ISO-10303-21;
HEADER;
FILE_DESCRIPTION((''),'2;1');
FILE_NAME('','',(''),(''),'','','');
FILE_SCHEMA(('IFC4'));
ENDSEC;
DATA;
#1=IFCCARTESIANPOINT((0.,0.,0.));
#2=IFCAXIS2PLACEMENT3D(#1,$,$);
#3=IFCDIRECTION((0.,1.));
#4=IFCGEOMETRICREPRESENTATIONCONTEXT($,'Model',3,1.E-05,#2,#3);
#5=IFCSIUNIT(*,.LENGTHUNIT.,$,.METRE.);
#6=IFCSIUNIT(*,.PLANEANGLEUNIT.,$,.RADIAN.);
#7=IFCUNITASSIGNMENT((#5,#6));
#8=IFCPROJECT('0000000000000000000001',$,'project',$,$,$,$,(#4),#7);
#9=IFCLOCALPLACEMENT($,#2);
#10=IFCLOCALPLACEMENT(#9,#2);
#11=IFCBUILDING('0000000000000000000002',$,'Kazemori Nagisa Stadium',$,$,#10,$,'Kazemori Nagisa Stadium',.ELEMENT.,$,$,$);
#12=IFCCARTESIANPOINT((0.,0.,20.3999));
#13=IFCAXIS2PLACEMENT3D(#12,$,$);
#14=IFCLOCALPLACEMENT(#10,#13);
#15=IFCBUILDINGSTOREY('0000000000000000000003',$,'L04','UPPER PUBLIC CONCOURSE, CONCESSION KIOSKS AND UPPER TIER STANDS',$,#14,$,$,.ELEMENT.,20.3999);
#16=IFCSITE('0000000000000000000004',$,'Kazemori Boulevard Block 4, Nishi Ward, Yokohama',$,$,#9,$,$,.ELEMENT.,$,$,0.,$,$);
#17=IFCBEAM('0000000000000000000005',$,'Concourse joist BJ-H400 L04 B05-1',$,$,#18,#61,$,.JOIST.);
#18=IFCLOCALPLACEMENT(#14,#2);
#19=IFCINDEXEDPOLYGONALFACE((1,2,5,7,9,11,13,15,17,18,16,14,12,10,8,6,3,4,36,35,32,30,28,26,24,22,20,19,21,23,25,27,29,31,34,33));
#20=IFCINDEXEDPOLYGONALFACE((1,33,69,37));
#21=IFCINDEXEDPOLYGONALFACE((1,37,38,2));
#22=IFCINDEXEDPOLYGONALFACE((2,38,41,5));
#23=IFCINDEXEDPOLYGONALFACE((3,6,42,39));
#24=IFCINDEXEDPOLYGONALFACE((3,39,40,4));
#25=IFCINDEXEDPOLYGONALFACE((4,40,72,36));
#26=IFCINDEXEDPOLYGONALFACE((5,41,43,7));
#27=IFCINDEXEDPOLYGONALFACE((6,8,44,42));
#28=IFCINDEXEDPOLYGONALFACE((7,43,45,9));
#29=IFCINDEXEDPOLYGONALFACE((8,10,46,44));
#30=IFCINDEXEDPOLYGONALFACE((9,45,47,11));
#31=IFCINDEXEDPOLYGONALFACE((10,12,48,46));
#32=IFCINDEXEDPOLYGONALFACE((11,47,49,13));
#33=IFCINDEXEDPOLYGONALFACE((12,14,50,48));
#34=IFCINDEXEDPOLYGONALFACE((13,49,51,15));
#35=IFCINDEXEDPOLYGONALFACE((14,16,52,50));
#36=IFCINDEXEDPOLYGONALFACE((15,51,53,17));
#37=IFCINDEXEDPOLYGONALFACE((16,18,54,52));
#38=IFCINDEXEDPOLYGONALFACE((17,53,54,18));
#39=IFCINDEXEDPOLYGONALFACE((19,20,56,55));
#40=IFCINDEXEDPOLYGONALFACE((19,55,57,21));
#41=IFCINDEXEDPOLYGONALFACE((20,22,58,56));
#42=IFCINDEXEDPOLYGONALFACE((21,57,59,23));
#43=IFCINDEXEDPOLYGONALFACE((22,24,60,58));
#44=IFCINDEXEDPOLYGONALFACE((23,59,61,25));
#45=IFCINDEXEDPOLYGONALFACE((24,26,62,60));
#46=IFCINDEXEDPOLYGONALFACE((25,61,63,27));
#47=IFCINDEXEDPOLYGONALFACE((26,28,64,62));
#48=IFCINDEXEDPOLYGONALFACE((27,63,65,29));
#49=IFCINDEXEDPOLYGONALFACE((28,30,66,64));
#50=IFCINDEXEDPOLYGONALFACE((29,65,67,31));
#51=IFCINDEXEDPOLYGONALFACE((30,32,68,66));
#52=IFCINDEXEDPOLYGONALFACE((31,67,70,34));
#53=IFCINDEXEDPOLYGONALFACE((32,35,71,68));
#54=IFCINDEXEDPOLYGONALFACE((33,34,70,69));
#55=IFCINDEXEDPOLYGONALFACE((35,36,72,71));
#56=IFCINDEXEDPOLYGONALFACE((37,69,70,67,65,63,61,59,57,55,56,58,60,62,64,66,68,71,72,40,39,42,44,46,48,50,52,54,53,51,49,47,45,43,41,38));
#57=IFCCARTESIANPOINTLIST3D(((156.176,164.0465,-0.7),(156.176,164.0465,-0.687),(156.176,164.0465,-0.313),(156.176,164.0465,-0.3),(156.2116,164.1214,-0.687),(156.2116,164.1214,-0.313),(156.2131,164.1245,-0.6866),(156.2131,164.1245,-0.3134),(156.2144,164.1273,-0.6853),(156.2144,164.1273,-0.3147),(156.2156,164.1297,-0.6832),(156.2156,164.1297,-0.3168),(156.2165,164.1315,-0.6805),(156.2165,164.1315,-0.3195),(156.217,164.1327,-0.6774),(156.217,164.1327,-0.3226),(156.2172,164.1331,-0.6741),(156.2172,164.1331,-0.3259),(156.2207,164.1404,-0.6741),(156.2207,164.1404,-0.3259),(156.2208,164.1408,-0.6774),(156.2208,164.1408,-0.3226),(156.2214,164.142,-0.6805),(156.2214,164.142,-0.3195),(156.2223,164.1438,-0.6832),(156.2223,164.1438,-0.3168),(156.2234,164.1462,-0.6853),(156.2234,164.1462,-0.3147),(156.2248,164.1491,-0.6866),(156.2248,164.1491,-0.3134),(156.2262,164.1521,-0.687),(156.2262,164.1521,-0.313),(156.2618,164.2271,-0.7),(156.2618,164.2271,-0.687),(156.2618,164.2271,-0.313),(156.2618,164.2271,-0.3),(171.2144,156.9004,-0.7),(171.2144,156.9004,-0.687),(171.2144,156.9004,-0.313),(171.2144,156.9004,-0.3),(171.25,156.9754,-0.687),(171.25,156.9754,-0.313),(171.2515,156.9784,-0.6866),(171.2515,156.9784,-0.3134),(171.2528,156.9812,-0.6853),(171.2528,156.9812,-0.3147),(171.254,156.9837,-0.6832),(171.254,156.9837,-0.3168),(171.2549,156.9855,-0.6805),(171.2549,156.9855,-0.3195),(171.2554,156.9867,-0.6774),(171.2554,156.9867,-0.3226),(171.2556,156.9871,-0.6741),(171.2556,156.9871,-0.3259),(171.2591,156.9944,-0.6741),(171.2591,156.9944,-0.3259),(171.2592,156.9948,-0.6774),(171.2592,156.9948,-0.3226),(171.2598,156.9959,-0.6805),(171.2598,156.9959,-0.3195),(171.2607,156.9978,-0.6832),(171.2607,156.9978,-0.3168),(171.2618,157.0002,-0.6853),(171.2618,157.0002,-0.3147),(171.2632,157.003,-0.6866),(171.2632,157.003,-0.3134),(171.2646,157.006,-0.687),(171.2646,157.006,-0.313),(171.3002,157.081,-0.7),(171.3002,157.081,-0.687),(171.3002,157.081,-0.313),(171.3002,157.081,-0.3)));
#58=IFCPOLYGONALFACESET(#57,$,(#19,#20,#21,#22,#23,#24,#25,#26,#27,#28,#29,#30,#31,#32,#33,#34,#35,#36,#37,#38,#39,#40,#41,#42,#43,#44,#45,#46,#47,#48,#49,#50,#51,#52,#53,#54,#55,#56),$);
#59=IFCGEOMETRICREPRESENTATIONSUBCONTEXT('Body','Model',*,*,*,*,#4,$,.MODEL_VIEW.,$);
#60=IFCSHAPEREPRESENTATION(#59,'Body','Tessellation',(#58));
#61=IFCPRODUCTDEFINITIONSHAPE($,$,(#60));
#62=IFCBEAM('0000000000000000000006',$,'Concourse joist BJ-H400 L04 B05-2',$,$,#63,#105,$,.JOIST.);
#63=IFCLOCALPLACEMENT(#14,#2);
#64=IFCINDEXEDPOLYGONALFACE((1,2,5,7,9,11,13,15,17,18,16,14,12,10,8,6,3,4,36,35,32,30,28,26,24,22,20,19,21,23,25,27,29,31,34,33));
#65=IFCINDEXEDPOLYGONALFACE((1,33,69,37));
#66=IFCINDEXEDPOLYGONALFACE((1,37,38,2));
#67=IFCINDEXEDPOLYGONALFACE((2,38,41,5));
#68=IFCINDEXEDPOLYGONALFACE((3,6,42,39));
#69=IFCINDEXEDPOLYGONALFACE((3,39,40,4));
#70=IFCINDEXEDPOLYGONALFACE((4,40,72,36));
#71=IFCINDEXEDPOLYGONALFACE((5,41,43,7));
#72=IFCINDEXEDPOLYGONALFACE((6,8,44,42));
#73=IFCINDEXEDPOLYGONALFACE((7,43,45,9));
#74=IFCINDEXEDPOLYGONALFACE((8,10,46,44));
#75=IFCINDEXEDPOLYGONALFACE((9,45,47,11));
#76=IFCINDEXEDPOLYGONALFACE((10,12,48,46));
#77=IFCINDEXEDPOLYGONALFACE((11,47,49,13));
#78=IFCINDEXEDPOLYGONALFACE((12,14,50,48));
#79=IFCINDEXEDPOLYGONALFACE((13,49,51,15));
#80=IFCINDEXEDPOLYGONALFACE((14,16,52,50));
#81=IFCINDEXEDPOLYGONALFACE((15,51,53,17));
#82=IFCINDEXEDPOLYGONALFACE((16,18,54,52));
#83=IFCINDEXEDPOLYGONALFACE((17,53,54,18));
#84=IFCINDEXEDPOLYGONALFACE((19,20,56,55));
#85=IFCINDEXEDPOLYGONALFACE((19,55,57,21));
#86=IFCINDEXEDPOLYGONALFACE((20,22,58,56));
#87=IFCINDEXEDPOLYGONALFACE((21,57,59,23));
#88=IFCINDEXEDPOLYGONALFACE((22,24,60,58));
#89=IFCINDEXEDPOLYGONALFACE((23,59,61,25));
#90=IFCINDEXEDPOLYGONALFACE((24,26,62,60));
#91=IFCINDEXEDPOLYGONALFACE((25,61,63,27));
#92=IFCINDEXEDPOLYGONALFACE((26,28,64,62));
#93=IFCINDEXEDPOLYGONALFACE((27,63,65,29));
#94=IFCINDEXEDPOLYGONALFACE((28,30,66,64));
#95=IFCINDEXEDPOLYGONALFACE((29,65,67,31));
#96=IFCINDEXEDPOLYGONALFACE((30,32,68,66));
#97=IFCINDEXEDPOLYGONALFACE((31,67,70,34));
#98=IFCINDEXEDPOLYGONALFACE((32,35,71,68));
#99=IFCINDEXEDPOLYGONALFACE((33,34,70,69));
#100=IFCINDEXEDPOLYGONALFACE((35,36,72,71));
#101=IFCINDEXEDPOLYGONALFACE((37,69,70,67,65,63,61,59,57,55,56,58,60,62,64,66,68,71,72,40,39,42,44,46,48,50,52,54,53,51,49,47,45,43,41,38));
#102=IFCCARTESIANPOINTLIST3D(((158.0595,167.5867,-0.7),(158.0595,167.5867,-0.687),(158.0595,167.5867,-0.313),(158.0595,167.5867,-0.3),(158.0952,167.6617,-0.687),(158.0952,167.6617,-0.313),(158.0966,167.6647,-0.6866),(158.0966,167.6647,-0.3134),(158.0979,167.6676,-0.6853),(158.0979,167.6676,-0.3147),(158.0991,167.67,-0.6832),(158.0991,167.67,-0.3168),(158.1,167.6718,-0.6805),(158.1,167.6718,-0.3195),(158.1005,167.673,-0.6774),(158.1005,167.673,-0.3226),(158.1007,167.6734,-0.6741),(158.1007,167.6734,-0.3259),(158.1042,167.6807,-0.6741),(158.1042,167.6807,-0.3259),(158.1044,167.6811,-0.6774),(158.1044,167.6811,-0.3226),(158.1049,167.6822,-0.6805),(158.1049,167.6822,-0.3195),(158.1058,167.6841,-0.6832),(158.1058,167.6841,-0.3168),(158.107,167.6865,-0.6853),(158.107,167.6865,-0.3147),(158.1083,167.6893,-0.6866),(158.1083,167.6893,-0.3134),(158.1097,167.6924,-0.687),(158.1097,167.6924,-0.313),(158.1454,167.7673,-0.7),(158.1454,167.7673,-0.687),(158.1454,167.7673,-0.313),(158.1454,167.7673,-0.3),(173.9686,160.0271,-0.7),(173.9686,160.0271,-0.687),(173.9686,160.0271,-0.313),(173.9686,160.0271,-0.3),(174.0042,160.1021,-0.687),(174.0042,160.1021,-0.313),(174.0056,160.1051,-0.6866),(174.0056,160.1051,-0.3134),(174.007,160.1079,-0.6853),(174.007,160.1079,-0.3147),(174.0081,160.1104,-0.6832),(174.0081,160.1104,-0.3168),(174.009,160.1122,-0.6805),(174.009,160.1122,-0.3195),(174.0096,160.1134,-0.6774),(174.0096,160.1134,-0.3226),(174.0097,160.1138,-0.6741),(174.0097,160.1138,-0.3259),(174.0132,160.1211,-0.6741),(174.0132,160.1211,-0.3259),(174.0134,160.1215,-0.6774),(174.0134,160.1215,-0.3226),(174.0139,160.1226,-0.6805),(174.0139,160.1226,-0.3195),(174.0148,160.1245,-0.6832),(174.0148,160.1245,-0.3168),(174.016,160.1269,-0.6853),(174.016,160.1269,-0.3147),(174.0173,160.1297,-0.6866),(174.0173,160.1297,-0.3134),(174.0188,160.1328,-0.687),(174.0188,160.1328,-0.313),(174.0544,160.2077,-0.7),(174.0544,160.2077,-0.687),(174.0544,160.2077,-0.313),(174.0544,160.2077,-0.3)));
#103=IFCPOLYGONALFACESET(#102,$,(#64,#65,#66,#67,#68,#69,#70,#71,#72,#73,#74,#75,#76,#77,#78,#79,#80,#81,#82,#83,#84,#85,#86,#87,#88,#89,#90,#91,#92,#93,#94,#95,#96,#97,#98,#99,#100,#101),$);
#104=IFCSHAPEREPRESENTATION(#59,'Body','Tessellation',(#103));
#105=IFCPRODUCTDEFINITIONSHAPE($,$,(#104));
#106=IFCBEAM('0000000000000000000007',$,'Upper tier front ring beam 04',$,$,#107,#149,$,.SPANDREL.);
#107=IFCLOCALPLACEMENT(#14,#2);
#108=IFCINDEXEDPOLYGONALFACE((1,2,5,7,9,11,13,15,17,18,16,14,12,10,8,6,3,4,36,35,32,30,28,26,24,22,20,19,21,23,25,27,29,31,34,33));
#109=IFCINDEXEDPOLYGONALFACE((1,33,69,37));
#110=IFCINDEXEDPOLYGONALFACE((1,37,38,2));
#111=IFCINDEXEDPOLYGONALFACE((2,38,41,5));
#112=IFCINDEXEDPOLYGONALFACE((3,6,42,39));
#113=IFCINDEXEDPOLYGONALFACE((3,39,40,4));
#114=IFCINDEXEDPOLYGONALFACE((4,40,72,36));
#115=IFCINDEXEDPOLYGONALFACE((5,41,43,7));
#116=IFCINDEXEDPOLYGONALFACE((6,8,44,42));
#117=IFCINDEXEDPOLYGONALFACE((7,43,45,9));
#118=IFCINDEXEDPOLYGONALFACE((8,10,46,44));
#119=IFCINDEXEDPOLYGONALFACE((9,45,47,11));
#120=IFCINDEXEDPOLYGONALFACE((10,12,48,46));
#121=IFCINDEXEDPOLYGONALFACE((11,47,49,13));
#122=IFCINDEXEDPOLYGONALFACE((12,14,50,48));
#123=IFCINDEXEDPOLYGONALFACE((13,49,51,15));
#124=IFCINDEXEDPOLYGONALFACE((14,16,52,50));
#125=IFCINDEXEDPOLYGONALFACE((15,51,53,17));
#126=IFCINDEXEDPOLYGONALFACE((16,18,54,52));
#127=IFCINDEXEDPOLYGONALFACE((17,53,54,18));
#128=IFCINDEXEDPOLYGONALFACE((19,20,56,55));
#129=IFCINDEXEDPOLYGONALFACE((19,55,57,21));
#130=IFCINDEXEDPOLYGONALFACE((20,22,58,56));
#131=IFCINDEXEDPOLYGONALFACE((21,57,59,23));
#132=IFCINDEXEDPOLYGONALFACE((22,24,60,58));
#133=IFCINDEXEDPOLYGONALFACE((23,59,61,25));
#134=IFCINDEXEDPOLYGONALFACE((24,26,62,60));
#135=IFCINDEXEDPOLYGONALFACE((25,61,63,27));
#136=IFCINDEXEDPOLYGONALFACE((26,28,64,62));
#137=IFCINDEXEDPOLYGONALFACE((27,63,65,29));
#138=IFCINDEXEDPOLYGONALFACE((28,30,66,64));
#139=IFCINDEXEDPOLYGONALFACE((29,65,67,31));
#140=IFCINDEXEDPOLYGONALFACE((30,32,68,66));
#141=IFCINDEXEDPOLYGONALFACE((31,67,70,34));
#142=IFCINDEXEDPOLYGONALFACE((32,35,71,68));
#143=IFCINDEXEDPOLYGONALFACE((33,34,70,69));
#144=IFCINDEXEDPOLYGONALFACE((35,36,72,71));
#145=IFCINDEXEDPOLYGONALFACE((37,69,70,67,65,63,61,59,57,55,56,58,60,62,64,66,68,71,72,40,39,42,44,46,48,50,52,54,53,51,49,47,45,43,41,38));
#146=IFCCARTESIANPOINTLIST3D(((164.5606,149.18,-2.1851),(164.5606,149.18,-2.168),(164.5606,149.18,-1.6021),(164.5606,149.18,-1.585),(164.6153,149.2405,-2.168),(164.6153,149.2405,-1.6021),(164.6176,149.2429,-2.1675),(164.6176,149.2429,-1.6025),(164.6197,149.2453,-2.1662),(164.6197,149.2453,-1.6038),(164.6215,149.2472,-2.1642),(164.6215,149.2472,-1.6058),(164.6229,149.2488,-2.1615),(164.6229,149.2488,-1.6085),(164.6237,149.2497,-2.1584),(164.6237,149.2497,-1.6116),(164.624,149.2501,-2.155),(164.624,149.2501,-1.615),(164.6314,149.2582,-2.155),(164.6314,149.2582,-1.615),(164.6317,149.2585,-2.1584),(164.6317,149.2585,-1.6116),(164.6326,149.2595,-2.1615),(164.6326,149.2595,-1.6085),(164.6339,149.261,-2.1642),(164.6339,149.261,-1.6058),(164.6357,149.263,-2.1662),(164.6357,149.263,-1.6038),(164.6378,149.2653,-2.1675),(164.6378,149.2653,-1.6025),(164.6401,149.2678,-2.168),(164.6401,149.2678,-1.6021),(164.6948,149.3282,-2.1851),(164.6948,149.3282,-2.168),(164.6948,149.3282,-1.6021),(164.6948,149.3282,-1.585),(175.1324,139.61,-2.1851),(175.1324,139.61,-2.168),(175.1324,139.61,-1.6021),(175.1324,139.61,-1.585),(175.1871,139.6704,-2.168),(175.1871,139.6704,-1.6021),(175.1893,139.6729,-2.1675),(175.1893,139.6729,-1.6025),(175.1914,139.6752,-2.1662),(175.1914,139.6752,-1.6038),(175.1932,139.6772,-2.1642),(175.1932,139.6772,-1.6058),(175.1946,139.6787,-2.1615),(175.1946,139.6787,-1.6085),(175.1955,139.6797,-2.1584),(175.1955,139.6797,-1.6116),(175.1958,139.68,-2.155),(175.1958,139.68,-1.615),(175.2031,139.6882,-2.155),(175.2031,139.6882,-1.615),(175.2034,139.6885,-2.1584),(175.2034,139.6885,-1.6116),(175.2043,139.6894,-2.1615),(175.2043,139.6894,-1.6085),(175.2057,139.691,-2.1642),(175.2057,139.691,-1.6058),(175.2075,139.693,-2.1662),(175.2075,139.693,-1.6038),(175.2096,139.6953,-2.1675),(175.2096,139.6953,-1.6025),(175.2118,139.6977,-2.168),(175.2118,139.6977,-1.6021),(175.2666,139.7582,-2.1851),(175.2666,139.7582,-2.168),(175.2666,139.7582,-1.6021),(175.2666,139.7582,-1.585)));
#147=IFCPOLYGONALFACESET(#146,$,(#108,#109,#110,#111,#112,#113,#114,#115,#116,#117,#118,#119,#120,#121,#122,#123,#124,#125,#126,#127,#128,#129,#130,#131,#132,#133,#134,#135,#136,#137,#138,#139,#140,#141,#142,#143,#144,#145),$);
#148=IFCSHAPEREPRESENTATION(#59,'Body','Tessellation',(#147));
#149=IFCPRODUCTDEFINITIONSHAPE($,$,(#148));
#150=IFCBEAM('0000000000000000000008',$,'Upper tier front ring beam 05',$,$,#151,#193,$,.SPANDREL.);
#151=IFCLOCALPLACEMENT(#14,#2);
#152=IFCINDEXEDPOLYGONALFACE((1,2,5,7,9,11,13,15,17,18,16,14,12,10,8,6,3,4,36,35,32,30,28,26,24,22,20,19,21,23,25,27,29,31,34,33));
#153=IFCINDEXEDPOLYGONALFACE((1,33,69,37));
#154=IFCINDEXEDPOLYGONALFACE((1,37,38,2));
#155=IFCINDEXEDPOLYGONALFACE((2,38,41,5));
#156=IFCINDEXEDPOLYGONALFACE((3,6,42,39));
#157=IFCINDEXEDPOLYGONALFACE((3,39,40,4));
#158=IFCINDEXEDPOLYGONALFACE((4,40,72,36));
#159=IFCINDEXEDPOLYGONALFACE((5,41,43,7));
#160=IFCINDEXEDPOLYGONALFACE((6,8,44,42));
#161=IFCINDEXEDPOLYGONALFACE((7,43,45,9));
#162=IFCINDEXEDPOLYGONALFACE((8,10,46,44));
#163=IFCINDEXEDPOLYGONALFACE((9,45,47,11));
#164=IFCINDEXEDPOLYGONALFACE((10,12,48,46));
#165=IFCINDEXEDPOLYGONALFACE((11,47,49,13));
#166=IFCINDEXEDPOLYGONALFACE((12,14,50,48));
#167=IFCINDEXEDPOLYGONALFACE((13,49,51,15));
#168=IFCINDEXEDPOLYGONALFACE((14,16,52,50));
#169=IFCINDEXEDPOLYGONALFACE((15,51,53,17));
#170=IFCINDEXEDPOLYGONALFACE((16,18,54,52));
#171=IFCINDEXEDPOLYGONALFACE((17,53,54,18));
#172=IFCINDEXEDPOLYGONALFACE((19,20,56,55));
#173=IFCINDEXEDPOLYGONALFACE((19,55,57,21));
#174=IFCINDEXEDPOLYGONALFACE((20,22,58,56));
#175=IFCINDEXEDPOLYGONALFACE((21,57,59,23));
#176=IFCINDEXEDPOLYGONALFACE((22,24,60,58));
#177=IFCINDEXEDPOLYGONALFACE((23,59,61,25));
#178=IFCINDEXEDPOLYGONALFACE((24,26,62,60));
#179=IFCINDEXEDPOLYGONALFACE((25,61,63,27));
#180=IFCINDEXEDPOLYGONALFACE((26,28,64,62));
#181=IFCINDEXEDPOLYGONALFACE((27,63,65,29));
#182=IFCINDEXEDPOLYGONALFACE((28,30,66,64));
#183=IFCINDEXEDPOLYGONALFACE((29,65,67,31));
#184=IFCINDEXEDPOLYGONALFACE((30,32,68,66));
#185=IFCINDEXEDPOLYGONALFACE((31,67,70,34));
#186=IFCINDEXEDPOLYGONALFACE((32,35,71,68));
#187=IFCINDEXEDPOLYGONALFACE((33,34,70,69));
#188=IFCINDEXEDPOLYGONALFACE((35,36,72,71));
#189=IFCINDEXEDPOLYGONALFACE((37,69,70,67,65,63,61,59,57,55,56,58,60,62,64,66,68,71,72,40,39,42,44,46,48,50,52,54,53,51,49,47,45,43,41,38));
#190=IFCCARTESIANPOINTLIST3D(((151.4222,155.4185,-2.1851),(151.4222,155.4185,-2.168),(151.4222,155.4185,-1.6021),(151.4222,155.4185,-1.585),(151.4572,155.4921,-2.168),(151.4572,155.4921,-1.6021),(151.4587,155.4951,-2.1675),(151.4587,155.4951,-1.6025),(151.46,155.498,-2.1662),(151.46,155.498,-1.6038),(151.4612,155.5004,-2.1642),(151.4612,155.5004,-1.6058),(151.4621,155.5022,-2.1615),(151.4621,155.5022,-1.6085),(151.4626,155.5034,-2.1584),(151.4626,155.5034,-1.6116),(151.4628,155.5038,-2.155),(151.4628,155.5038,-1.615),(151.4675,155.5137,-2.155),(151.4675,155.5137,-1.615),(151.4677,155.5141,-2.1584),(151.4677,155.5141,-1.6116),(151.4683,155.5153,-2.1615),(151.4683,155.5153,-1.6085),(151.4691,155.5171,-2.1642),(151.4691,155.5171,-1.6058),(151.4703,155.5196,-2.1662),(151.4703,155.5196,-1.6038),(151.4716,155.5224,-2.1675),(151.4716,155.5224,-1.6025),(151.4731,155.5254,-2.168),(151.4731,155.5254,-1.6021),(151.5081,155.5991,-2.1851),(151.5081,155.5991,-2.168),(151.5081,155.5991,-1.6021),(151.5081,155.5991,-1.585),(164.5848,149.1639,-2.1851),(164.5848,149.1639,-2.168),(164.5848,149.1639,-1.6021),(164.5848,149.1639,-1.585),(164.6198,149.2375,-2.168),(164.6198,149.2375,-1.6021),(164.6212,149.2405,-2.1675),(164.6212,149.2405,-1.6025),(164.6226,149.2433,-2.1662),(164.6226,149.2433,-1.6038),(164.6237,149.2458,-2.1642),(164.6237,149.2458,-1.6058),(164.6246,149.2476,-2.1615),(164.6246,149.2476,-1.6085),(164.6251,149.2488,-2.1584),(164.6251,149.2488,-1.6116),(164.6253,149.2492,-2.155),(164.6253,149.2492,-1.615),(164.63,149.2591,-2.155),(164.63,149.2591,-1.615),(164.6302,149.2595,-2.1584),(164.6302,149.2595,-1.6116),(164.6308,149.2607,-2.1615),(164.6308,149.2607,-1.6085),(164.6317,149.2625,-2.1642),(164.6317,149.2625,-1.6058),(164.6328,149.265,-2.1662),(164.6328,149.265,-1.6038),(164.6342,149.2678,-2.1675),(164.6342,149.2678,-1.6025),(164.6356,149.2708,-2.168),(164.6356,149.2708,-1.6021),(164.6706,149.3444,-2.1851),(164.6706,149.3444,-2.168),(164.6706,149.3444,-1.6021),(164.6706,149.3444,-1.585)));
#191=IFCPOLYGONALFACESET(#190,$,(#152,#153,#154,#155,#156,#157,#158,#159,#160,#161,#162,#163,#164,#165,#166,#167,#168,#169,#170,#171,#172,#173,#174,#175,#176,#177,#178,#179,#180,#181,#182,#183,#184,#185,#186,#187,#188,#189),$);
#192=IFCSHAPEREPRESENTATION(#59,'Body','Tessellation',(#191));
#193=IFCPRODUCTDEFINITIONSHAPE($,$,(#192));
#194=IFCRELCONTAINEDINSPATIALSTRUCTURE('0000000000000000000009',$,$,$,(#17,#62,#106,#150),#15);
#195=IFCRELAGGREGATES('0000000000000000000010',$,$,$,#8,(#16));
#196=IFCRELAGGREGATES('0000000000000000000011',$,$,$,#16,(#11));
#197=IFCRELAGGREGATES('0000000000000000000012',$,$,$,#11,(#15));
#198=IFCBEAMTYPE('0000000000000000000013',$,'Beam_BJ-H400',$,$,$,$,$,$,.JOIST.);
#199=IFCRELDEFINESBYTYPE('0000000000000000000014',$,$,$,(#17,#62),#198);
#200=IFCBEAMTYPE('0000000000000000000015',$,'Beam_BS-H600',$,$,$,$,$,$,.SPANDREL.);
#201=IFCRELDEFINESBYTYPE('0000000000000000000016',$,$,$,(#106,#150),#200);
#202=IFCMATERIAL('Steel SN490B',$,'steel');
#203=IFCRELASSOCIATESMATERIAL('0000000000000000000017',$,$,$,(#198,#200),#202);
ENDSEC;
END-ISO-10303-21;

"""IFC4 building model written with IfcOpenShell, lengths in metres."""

from ifc_helpers import new_model, si_unit, direction, frame, origin, origin_2d, place, context, subcontext, project, spatial, i_section, extrude, material, material_profile, profile_set, type_object, element, save


model = new_model("IFC4")

# Units and contexts
model_context = context("Model", 3, precision=1e-05, world=origin(), true_north=direction((0.0, 1.0)))
body_context = subcontext(model_context, "Body", "Model", "MODEL_VIEW")
ifc_project = project(units=[si_unit("LENGTHUNIT", "METRE"), si_unit("PLANEANGLEUNIT", "RADIAN")], contexts=[model_context])

# Site, building, storey
site_placement = place(None, origin())
site = spatial("IfcSite", under=ifc_project, at=site_placement, Name="Kazemori Boulevard Block 4, Nishi Ward, Yokohama", CompositionType="ELEMENT", RefElevation=0.0)
building_placement = place(site_placement, origin())
building = spatial("IfcBuilding", under=site, at=building_placement, Name="Kazemori Nagisa Stadium", LongName="Kazemori Nagisa Stadium", CompositionType="ELEMENT")
storey_placement = place(building_placement, frame((0.0, 0.0, 20.3999)))
storey = spatial("IfcBuildingStorey", under=building, at=storey_placement, Name="L04", Description="UPPER PUBLIC CONCOURSE, CONCESSION KIOSKS AND UPPER TIER STANDS", CompositionType="ELEMENT", Elevation=20.3999)

# Beams
ifc_material_1 = material(Name="Steel SN490B", Category="steel")
ifc_material_profile_1 = material_profile(ifc_material_1, i_section(OverallWidth=0.2, OverallDepth=0.3999, WebThickness=0.0081, FlangeThickness=0.0129, FilletRadius=0.0129, at=origin_2d()), Name="H-400x200x8x13")
ifc_profile_set_1 = profile_set([ifc_material_profile_1], Name="Steel SN490B")
beam_type_1 = type_object("IfcBeamType", Name="Beam_BJ-H400", PredefinedType="JOIST", material=ifc_profile_set_1)
beam_1_placement = place(storey_placement, frame((171.2573, 156.9907, -0.5), z_axis=(-0.903213, 0.429193, 0.0), x_axis=(-0.429193, -0.903213, 0.0)))
element("IfcBeam", 1, at=beam_1_placement, inside=storey, type_object=beam_type_1, Name="Concourse joist BJ-H400 L04 B05-1", PredefinedType="JOIST", context=body_context, shape_type="SweptSolid", body=[
    extrude(i_section(OverallWidth=0.2, OverallDepth=0.3999, WebThickness=0.0081, FlangeThickness=0.0129, FilletRadius=0.0129, at=origin_2d()), origin(), (0.0, 0.0, 1.0), 16.6499),
])
beam_2_placement = place(storey_placement, frame((174.0115, 160.1174, -0.5), z_axis=(-0.903215, 0.429188, 0.0), x_axis=(-0.429188, -0.903215, 0.0)))
element("IfcBeam", 2, at=beam_2_placement, inside=storey, type_object=beam_type_1, Name="Concourse joist BJ-H400 L04 B05-2", PredefinedType="JOIST", context=body_context, shape_type="SweptSolid", body=[
    extrude(i_section(OverallWidth=0.2, OverallDepth=0.3999, WebThickness=0.0081, FlangeThickness=0.0129, FilletRadius=0.0129, at=origin_2d()), origin(), (0.0, 0.0, 1.0), 17.6138),
])
ifc_material_profile_2 = material_profile(ifc_material_1, i_section(OverallWidth=0.2, OverallDepth=0.6001, WebThickness=0.011, FlangeThickness=0.0171, FilletRadius=0.0129, at=origin_2d()), Name="H-600x200x11x17")
ifc_profile_set_2 = profile_set([ifc_material_profile_2], Name="Steel SN490B")
beam_type_2 = type_object("IfcBeamType", Name="Beam_BS-H600", PredefinedType="SPANDREL", material=ifc_profile_set_2)
beam_3_placement = place(storey_placement, frame((175.1995, 139.6841, -1.885), z_axis=(-0.741357, 0.671111, 0.0), x_axis=(-0.671111, -0.741357, 0.0)))
element("IfcBeam", 3, at=beam_3_placement, inside=storey, type_object=beam_type_2, Name="Upper tier front ring beam 04", PredefinedType="SPANDREL", context=body_context, shape_type="SweptSolid", body=[
    extrude(i_section(OverallWidth=0.2, OverallDepth=0.6001, WebThickness=0.011, FlangeThickness=0.0171, FilletRadius=0.0129, at=origin_2d()), origin(), (0.0, 0.0, 1.0), 14.26),
])
beam_4_placement = place(storey_placement, frame((164.6277, 149.2542, -1.885), z_axis=(-0.903214, 0.429191, 0.0), x_axis=(-0.429191, -0.903214, 0.0)))
element("IfcBeam", 4, at=beam_4_placement, inside=storey, type_object=beam_type_2, Name="Upper tier front ring beam 05", PredefinedType="SPANDREL", context=body_context, shape_type="SweptSolid", body=[
    extrude(i_section(OverallWidth=0.2, OverallDepth=0.6001, WebThickness=0.011, FlangeThickness=0.0171, FilletRadius=0.0129, at=origin_2d()), origin(), (0.0, 0.0, 1.0), 14.573),
])

save(model, "model.ifc")
